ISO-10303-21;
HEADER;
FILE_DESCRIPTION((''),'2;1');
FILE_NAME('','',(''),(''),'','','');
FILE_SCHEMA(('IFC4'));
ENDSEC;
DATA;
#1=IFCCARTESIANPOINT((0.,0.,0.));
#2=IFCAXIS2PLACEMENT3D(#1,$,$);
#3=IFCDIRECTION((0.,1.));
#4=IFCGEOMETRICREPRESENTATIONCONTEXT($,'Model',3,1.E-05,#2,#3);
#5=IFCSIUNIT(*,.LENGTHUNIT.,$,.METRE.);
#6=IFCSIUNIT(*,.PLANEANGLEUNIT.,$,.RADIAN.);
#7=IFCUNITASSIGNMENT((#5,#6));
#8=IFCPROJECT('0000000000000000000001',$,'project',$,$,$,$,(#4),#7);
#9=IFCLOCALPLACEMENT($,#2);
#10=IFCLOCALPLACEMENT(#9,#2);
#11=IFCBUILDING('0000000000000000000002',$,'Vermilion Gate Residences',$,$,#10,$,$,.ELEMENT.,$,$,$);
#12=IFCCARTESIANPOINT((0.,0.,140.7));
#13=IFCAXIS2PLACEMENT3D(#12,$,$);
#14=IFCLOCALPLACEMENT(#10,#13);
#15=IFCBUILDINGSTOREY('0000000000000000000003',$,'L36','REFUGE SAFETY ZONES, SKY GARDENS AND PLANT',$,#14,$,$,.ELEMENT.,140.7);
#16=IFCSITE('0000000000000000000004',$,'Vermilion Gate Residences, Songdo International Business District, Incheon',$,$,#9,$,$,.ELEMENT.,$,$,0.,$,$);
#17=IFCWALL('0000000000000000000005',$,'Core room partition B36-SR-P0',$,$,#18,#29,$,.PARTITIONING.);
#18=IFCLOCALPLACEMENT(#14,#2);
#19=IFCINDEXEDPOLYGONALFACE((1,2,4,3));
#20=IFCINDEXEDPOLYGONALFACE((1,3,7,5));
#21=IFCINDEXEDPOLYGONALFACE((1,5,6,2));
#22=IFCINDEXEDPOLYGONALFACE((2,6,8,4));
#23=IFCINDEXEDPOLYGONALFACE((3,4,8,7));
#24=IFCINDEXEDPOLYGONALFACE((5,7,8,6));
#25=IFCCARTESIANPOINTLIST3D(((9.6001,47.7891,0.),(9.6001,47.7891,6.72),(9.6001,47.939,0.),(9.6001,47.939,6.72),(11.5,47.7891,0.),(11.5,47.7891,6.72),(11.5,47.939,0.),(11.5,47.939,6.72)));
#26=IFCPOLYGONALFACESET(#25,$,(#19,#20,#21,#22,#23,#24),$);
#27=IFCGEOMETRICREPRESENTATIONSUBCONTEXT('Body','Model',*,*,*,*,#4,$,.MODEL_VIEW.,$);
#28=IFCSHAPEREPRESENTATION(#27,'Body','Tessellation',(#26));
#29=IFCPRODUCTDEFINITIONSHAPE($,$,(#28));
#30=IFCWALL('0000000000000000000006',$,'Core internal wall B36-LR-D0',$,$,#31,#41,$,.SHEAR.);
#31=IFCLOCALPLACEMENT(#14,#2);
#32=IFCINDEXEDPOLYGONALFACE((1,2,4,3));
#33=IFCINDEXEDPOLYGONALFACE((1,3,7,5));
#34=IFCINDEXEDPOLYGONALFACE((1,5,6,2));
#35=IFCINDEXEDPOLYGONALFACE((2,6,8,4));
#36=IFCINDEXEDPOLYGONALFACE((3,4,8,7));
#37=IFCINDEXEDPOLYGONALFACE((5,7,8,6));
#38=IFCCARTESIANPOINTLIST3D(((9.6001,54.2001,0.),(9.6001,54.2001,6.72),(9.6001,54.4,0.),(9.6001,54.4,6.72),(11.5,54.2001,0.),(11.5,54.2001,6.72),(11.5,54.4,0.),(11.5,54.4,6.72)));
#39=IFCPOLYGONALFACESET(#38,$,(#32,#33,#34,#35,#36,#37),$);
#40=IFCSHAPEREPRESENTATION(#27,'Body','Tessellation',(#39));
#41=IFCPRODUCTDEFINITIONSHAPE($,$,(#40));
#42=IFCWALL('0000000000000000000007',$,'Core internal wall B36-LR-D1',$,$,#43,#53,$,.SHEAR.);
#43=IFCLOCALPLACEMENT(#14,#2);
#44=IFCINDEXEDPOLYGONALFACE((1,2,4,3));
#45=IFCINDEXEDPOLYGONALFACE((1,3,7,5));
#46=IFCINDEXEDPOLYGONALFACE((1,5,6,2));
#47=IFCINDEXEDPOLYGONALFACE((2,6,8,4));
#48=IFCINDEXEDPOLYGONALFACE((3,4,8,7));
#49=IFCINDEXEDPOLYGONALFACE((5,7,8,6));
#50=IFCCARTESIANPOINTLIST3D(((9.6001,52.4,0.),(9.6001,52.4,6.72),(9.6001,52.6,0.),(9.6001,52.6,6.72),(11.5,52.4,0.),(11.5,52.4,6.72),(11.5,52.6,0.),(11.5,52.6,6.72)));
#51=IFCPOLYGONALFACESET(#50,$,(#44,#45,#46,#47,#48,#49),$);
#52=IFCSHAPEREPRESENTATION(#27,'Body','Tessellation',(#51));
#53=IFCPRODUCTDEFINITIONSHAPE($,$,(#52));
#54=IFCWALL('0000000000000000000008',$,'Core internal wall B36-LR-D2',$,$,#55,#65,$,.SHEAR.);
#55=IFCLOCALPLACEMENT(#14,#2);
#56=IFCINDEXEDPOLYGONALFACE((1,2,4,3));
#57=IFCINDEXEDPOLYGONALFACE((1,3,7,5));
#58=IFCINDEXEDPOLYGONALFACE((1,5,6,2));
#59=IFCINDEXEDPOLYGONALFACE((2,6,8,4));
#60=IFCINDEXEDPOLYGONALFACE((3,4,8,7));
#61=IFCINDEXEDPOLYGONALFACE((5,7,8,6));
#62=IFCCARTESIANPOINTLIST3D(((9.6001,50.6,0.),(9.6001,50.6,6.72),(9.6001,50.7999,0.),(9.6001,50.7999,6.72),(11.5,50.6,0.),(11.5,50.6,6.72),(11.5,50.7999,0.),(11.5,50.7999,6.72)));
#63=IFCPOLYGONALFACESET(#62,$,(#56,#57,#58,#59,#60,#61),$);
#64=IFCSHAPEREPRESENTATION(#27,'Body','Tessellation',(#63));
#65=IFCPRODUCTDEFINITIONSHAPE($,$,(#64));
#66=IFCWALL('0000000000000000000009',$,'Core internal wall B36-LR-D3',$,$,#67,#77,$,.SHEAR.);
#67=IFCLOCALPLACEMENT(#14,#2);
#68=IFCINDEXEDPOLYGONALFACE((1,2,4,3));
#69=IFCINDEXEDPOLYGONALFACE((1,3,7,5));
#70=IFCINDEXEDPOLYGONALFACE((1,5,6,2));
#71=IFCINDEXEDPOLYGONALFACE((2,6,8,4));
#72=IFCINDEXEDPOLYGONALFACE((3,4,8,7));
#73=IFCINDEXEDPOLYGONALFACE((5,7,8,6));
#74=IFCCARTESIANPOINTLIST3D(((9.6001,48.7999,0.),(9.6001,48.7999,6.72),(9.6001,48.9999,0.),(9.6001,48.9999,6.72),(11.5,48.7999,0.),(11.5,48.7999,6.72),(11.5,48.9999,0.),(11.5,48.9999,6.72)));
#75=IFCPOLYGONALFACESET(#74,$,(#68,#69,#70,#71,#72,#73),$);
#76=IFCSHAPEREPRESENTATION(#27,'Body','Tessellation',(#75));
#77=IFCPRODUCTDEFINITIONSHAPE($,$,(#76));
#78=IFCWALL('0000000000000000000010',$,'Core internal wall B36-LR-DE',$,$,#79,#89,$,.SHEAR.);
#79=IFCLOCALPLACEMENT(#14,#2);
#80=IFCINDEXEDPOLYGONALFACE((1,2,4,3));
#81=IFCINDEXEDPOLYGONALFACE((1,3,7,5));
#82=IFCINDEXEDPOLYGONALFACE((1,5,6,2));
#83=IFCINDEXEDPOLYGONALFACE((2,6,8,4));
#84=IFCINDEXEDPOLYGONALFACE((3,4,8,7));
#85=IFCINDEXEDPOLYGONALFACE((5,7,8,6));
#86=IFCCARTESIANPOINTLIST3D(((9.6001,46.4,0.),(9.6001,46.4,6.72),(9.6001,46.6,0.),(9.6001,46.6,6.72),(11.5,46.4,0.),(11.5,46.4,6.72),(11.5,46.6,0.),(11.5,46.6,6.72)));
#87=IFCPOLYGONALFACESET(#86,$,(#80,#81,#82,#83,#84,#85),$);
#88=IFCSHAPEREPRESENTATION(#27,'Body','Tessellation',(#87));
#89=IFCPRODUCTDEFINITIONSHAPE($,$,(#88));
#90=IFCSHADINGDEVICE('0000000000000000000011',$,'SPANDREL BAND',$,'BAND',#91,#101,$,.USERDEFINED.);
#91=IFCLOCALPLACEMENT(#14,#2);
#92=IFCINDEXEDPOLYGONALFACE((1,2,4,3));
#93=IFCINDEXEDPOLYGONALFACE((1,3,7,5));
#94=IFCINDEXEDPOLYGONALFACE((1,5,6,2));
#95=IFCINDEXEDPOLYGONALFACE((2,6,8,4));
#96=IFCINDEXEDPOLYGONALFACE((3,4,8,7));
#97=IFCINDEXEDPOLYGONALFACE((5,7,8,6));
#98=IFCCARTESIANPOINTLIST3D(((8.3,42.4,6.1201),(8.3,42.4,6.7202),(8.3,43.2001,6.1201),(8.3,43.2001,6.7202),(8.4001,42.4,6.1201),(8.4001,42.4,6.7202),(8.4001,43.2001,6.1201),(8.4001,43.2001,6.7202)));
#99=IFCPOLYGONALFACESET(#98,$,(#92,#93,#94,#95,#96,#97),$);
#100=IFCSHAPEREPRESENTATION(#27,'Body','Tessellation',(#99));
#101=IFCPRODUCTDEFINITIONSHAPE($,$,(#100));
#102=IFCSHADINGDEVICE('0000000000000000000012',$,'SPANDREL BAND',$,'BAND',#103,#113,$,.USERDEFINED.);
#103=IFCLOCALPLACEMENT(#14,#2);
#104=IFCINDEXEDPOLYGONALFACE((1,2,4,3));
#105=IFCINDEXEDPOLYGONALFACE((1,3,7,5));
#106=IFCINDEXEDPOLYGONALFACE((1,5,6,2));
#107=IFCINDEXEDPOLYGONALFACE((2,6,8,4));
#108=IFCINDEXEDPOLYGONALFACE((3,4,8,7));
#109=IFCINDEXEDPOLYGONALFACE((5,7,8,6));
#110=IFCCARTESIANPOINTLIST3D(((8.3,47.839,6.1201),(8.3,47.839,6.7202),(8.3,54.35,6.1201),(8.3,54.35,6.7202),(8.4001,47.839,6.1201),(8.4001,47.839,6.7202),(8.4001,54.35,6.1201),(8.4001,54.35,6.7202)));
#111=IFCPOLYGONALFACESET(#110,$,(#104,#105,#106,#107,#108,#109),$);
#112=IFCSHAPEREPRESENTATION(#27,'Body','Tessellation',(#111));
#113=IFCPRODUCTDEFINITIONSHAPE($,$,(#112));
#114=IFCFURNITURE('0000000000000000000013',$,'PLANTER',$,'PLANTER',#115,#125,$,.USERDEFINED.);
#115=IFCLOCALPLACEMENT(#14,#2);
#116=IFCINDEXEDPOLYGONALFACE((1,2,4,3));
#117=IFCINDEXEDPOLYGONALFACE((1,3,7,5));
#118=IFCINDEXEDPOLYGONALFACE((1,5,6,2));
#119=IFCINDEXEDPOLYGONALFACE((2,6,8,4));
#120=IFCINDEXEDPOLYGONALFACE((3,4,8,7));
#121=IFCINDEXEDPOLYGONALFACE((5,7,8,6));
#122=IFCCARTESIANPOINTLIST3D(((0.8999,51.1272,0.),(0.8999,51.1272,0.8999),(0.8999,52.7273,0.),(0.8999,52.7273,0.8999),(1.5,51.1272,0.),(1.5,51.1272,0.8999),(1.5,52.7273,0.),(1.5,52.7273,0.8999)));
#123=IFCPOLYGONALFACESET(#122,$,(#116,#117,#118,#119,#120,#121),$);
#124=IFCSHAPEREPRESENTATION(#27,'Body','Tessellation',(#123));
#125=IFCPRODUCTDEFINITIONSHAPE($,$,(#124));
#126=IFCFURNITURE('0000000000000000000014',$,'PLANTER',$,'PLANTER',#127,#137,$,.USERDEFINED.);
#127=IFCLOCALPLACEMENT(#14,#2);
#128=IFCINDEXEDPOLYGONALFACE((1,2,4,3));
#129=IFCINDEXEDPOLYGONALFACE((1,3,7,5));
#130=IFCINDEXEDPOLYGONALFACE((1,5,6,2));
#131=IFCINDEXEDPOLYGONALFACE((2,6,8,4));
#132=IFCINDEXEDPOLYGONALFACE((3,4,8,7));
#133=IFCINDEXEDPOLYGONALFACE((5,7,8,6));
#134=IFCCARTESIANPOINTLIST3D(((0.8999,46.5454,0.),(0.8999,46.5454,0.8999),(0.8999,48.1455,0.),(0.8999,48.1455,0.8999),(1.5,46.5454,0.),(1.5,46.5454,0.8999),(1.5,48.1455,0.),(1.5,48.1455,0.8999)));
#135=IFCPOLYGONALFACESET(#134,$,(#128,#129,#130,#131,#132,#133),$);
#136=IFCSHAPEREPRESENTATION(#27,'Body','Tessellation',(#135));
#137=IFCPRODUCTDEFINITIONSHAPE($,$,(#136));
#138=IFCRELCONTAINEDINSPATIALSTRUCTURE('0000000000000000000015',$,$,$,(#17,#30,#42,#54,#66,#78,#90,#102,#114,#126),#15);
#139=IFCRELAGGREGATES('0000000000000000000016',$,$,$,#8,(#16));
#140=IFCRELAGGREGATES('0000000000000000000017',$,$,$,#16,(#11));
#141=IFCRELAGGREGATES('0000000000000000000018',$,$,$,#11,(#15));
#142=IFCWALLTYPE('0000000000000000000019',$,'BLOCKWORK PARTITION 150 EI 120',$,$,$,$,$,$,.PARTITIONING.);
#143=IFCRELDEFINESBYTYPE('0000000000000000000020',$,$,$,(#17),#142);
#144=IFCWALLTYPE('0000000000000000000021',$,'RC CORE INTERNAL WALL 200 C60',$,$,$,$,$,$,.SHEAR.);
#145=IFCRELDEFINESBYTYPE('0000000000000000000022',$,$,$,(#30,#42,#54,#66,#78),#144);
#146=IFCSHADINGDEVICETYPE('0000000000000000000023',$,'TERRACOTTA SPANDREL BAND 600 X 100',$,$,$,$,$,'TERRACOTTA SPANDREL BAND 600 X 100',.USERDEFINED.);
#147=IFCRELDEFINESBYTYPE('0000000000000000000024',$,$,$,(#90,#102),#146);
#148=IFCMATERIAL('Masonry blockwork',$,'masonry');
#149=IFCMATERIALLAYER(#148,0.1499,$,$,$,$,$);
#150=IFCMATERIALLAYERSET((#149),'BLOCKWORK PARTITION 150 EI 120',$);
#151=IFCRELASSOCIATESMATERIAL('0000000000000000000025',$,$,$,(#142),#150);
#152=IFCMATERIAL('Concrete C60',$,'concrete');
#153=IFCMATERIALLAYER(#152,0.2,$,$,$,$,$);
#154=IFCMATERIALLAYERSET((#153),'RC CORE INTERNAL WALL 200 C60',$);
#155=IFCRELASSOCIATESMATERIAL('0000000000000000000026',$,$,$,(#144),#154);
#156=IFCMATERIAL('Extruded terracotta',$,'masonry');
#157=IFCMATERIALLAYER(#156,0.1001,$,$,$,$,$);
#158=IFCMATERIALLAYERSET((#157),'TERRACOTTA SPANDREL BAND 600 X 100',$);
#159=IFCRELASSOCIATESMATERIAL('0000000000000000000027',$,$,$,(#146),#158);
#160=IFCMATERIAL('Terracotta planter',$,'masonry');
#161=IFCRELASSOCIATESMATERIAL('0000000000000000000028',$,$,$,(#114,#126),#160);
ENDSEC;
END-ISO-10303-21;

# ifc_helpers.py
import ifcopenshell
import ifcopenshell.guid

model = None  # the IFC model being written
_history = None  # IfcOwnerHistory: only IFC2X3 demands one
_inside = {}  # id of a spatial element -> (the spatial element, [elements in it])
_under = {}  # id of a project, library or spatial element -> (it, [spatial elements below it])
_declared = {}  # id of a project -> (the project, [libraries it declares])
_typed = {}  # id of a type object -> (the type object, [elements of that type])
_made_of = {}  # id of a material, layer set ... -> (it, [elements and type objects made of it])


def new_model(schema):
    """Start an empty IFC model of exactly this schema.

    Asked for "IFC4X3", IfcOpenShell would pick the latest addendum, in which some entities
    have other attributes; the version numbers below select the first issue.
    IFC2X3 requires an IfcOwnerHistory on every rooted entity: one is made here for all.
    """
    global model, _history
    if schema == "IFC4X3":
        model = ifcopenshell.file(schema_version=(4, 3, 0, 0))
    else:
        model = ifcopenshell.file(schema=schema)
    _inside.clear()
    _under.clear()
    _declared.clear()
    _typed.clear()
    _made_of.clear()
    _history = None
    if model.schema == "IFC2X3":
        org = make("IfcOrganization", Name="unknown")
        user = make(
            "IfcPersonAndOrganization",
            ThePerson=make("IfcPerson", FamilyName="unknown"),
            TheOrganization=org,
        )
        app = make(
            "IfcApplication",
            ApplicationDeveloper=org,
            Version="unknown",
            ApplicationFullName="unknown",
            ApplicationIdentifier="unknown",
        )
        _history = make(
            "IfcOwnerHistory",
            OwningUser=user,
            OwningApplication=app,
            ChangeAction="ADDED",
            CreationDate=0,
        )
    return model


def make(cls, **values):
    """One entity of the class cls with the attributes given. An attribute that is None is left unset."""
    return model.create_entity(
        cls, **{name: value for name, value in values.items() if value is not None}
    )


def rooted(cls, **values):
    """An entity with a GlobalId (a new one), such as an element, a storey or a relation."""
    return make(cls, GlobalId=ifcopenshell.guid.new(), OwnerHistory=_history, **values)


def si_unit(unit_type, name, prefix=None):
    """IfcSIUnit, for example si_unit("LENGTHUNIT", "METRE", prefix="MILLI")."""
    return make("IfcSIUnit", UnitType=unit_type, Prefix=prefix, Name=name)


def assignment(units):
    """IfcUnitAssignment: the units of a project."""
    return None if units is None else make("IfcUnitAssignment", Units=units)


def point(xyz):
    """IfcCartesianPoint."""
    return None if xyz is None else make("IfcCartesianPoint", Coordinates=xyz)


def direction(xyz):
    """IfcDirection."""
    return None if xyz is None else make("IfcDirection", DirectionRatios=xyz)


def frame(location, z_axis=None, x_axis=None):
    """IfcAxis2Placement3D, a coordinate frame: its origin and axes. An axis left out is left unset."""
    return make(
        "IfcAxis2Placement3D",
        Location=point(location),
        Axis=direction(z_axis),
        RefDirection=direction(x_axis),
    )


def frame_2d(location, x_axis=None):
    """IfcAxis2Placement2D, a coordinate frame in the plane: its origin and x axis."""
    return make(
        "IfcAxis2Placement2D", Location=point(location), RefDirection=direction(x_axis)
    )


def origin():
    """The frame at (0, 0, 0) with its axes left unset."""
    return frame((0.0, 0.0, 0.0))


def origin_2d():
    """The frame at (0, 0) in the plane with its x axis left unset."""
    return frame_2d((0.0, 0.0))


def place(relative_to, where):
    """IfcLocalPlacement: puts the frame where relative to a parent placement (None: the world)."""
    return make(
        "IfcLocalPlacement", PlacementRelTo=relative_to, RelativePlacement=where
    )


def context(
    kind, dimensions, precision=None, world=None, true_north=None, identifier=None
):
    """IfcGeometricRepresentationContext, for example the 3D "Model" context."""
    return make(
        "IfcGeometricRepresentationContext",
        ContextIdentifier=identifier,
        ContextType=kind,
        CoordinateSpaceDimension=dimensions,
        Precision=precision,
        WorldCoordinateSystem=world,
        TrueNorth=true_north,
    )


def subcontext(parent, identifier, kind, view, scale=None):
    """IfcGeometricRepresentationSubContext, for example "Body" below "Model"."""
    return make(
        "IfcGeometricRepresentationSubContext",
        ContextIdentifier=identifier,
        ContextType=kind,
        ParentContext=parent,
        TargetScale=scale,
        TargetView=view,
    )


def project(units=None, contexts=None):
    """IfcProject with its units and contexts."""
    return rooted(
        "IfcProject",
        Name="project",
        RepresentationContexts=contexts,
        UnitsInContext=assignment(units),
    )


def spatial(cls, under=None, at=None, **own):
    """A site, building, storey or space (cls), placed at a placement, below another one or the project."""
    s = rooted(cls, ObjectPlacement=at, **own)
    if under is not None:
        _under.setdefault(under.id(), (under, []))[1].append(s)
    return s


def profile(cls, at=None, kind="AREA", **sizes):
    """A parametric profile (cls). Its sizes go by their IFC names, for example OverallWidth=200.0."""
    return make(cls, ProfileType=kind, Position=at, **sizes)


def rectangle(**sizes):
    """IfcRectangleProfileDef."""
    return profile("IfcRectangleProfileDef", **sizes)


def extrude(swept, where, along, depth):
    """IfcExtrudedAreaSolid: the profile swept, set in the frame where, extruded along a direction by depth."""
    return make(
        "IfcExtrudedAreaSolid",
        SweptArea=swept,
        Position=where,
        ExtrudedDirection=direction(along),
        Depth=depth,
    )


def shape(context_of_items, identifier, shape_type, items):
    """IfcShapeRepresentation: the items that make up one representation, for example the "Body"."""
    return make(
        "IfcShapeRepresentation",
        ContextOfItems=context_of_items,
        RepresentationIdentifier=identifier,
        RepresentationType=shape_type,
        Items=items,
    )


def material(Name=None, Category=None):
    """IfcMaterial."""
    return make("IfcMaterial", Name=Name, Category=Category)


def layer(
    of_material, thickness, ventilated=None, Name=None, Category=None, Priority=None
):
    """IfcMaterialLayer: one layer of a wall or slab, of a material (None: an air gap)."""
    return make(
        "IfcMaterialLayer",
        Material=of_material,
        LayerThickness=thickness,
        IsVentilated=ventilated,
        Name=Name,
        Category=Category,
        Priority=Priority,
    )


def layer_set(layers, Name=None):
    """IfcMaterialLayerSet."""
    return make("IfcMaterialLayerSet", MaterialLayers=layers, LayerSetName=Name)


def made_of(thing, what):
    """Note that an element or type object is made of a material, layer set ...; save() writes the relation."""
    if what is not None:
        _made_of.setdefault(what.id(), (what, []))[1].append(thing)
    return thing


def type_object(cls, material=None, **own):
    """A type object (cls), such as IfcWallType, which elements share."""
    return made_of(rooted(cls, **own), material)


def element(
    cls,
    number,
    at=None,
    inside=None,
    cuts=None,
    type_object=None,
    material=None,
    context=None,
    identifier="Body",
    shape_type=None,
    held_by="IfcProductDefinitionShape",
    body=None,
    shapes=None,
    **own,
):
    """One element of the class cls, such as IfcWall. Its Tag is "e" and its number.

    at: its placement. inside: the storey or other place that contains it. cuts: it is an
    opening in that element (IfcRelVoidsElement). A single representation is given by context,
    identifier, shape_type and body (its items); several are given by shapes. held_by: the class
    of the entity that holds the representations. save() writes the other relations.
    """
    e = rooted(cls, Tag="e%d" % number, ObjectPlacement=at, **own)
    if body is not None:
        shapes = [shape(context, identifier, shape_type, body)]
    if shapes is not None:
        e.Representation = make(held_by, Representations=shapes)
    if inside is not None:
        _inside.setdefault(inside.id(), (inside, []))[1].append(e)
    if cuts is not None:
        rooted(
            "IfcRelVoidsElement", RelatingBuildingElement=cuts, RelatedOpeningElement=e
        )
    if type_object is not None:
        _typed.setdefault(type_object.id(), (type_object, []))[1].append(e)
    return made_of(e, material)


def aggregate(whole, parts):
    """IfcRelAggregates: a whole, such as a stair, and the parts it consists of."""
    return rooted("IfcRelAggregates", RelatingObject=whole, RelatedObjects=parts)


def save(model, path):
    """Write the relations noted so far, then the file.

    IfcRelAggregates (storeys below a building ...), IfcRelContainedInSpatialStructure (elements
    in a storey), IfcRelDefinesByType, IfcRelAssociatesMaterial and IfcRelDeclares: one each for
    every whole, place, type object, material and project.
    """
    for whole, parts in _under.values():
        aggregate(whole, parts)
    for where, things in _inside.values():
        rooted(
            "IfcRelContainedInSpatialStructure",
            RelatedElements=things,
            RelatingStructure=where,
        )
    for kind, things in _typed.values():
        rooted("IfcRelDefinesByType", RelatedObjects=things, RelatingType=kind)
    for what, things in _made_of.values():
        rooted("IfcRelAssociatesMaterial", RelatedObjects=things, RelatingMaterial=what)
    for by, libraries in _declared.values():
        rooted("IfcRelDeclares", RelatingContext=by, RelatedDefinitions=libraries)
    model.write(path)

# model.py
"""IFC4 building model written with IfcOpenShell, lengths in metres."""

from ifc_helpers import new_model, si_unit, direction, frame, frame_2d, origin, origin_2d, place, context, subcontext, project, spatial, rectangle, extrude, material, layer, layer_set, type_object, element, save


model = new_model("IFC4")

# Units and contexts
model_context = context("Model", 3, precision=1e-05, world=origin(), true_north=direction((0.0, 1.0)))
body_context = subcontext(model_context, "Body", "Model", "MODEL_VIEW")
ifc_project = project(units=[si_unit("LENGTHUNIT", "METRE"), si_unit("PLANEANGLEUNIT", "RADIAN")], contexts=[model_context])

# Site, building, storey
site_placement = place(None, origin())
site = spatial("IfcSite", under=ifc_project, at=site_placement, Name="Vermilion Gate Residences, Songdo International Business District, Incheon", CompositionType="ELEMENT", RefElevation=0.0)
building_placement = place(site_placement, origin())
building = spatial("IfcBuilding", under=site, at=building_placement, Name="Vermilion Gate Residences", CompositionType="ELEMENT")
storey_placement = place(building_placement, frame((0.0, 0.0, 140.7)))
storey = spatial("IfcBuildingStorey", under=building, at=storey_placement, Name="L36", Description="REFUGE SAFETY ZONES, SKY GARDENS AND PLANT", CompositionType="ELEMENT", Elevation=140.7)

# Walls
ifc_material_1 = material(Name="Masonry blockwork", Category="masonry")
ifc_layer_1 = layer(ifc_material_1, 0.1499)
ifc_layer_set_1 = layer_set([ifc_layer_1], Name="BLOCKWORK PARTITION 150 EI 120")
wall_type_1 = type_object("IfcWallType", Name="BLOCKWORK PARTITION 150 EI 120", PredefinedType="PARTITIONING", material=ifc_layer_set_1)
wall_placement = place(storey_placement, frame((9.6001, 47.864, 0.0), z_axis=(0.0, 0.0, 1.0), x_axis=(1.0, 0.0, 0.0)))
element("IfcWall", 1, at=wall_placement, inside=storey, type_object=wall_type_1, Name="Core room partition B36-SR-P0", PredefinedType="PARTITIONING", context=body_context, shape_type="SweptSolid", body=[
    extrude(rectangle(XDim=1.8999, YDim=0.1499, at=frame_2d((0.95, 0.0))), origin(), (0.0, 0.0, 1.0), 6.72),
])
ifc_material_2 = material(Name="Concrete C60", Category="concrete")
ifc_layer_2 = layer(ifc_material_2, 0.2)
ifc_layer_set_2 = layer_set([ifc_layer_2], Name="RC CORE INTERNAL WALL 200 C60")
wall_type_2 = type_object("IfcWallType", Name="RC CORE INTERNAL WALL 200 C60", PredefinedType="SHEAR", material=ifc_layer_set_2)
for number, where, z_axis, x_axis, name in (
    (2, (9.6001, 54.3, 0.0), (0.0, 0.0, 1.0), (1.0, 0.0, 0.0), "Core internal wall B36-LR-D0"),
    (3, (9.6001, 52.5, 0.0), (0.0, 0.0, 1.0), (1.0, 0.0, 0.0), "Core internal wall B36-LR-D1"),
    (4, (9.6001, 50.7, 0.0), (0.0, 0.0, 1.0), (1.0, 0.0, 0.0), "Core internal wall B36-LR-D2"),
    (5, (9.6001, 48.8999, 0.0), (0.0, 0.0, 1.0), (1.0, 0.0, 0.0), "Core internal wall B36-LR-D3"),
    (6, (9.6001, 46.5, 0.0), (0.0, 0.0, 1.0), (1.0, 0.0, 0.0), "Core internal wall B36-LR-DE"),
):
    element("IfcWall", number, at=place(storey_placement, frame(where, z_axis=z_axis, x_axis=x_axis)), inside=storey, type_object=wall_type_2, Name=name, PredefinedType="SHEAR", context=body_context, shape_type="SweptSolid", body=[
        extrude(rectangle(XDim=1.8999, YDim=0.2, at=frame_2d((0.95, 0.0))), origin(), (0.0, 0.0, 1.0), 6.72),
    ])

# Shading devices
ifc_material_3 = material(Name="Extruded terracotta", Category="masonry")
ifc_layer_3 = layer(ifc_material_3, 0.1001)
ifc_layer_set_3 = layer_set([ifc_layer_3], Name="TERRACOTTA SPANDREL BAND 600 X 100")
shading_device_type = type_object("IfcShadingDeviceType", Name="TERRACOTTA SPANDREL BAND 600 X 100", ElementType="TERRACOTTA SPANDREL BAND 600 X 100", PredefinedType="USERDEFINED", material=ifc_layer_set_3)
shading_device_1_placement = place(storey_placement, frame((8.3501, 42.8, 6.1201), z_axis=(0.0, 0.0, 1.0), x_axis=(0.0, 1.0, 0.0)))
element("IfcShadingDevice", 7, at=shading_device_1_placement, inside=storey, type_object=shading_device_type, Name="SPANDREL BAND", ObjectType="BAND", PredefinedType="USERDEFINED", context=body_context, shape_type="SweptSolid", body=[
    extrude(rectangle(XDim=0.8, YDim=0.1001, at=origin_2d()), origin(), (0.0, 0.0, 1.0), 0.6001),
])
shading_device_2_placement = place(storey_placement, frame((8.3501, 51.0945, 6.1201), z_axis=(0.0, 0.0, 1.0), x_axis=(0.0, 1.0, 0.0)))
element("IfcShadingDevice", 8, at=shading_device_2_placement, inside=storey, type_object=shading_device_type, Name="SPANDREL BAND", ObjectType="BAND", PredefinedType="USERDEFINED", context=body_context, shape_type="SweptSolid", body=[
    extrude(rectangle(XDim=6.511, YDim=0.1001, at=origin_2d()), origin(), (0.0, 0.0, 1.0), 0.6001),
])

# Furniture
ifc_material_4 = material(Name="Terracotta planter", Category="masonry")
for number, where, z_axis, x_axis, name in (
    (9, (1.2, 51.9272, 0.0), (0.0, 0.0, 1.0), (0.0, -1.0, 0.0), "PLANTER"),
    (10, (1.2, 47.3455, 0.0), (0.0, 0.0, 1.0), (0.0, -1.0, 0.0), "PLANTER"),
):
    element("IfcFurniture", number, at=place(storey_placement, frame(where, z_axis=z_axis, x_axis=x_axis)), inside=storey, material=ifc_material_4, Name=name, ObjectType="PLANTER", PredefinedType="USERDEFINED", context=body_context, shape_type="SweptSolid", body=[
        extrude(rectangle(XDim=1.6001, YDim=0.6001, at=origin_2d()), origin(), (0.0, 0.0, 1.0), 0.8999),
    ])

save(model, "model.ifc")
